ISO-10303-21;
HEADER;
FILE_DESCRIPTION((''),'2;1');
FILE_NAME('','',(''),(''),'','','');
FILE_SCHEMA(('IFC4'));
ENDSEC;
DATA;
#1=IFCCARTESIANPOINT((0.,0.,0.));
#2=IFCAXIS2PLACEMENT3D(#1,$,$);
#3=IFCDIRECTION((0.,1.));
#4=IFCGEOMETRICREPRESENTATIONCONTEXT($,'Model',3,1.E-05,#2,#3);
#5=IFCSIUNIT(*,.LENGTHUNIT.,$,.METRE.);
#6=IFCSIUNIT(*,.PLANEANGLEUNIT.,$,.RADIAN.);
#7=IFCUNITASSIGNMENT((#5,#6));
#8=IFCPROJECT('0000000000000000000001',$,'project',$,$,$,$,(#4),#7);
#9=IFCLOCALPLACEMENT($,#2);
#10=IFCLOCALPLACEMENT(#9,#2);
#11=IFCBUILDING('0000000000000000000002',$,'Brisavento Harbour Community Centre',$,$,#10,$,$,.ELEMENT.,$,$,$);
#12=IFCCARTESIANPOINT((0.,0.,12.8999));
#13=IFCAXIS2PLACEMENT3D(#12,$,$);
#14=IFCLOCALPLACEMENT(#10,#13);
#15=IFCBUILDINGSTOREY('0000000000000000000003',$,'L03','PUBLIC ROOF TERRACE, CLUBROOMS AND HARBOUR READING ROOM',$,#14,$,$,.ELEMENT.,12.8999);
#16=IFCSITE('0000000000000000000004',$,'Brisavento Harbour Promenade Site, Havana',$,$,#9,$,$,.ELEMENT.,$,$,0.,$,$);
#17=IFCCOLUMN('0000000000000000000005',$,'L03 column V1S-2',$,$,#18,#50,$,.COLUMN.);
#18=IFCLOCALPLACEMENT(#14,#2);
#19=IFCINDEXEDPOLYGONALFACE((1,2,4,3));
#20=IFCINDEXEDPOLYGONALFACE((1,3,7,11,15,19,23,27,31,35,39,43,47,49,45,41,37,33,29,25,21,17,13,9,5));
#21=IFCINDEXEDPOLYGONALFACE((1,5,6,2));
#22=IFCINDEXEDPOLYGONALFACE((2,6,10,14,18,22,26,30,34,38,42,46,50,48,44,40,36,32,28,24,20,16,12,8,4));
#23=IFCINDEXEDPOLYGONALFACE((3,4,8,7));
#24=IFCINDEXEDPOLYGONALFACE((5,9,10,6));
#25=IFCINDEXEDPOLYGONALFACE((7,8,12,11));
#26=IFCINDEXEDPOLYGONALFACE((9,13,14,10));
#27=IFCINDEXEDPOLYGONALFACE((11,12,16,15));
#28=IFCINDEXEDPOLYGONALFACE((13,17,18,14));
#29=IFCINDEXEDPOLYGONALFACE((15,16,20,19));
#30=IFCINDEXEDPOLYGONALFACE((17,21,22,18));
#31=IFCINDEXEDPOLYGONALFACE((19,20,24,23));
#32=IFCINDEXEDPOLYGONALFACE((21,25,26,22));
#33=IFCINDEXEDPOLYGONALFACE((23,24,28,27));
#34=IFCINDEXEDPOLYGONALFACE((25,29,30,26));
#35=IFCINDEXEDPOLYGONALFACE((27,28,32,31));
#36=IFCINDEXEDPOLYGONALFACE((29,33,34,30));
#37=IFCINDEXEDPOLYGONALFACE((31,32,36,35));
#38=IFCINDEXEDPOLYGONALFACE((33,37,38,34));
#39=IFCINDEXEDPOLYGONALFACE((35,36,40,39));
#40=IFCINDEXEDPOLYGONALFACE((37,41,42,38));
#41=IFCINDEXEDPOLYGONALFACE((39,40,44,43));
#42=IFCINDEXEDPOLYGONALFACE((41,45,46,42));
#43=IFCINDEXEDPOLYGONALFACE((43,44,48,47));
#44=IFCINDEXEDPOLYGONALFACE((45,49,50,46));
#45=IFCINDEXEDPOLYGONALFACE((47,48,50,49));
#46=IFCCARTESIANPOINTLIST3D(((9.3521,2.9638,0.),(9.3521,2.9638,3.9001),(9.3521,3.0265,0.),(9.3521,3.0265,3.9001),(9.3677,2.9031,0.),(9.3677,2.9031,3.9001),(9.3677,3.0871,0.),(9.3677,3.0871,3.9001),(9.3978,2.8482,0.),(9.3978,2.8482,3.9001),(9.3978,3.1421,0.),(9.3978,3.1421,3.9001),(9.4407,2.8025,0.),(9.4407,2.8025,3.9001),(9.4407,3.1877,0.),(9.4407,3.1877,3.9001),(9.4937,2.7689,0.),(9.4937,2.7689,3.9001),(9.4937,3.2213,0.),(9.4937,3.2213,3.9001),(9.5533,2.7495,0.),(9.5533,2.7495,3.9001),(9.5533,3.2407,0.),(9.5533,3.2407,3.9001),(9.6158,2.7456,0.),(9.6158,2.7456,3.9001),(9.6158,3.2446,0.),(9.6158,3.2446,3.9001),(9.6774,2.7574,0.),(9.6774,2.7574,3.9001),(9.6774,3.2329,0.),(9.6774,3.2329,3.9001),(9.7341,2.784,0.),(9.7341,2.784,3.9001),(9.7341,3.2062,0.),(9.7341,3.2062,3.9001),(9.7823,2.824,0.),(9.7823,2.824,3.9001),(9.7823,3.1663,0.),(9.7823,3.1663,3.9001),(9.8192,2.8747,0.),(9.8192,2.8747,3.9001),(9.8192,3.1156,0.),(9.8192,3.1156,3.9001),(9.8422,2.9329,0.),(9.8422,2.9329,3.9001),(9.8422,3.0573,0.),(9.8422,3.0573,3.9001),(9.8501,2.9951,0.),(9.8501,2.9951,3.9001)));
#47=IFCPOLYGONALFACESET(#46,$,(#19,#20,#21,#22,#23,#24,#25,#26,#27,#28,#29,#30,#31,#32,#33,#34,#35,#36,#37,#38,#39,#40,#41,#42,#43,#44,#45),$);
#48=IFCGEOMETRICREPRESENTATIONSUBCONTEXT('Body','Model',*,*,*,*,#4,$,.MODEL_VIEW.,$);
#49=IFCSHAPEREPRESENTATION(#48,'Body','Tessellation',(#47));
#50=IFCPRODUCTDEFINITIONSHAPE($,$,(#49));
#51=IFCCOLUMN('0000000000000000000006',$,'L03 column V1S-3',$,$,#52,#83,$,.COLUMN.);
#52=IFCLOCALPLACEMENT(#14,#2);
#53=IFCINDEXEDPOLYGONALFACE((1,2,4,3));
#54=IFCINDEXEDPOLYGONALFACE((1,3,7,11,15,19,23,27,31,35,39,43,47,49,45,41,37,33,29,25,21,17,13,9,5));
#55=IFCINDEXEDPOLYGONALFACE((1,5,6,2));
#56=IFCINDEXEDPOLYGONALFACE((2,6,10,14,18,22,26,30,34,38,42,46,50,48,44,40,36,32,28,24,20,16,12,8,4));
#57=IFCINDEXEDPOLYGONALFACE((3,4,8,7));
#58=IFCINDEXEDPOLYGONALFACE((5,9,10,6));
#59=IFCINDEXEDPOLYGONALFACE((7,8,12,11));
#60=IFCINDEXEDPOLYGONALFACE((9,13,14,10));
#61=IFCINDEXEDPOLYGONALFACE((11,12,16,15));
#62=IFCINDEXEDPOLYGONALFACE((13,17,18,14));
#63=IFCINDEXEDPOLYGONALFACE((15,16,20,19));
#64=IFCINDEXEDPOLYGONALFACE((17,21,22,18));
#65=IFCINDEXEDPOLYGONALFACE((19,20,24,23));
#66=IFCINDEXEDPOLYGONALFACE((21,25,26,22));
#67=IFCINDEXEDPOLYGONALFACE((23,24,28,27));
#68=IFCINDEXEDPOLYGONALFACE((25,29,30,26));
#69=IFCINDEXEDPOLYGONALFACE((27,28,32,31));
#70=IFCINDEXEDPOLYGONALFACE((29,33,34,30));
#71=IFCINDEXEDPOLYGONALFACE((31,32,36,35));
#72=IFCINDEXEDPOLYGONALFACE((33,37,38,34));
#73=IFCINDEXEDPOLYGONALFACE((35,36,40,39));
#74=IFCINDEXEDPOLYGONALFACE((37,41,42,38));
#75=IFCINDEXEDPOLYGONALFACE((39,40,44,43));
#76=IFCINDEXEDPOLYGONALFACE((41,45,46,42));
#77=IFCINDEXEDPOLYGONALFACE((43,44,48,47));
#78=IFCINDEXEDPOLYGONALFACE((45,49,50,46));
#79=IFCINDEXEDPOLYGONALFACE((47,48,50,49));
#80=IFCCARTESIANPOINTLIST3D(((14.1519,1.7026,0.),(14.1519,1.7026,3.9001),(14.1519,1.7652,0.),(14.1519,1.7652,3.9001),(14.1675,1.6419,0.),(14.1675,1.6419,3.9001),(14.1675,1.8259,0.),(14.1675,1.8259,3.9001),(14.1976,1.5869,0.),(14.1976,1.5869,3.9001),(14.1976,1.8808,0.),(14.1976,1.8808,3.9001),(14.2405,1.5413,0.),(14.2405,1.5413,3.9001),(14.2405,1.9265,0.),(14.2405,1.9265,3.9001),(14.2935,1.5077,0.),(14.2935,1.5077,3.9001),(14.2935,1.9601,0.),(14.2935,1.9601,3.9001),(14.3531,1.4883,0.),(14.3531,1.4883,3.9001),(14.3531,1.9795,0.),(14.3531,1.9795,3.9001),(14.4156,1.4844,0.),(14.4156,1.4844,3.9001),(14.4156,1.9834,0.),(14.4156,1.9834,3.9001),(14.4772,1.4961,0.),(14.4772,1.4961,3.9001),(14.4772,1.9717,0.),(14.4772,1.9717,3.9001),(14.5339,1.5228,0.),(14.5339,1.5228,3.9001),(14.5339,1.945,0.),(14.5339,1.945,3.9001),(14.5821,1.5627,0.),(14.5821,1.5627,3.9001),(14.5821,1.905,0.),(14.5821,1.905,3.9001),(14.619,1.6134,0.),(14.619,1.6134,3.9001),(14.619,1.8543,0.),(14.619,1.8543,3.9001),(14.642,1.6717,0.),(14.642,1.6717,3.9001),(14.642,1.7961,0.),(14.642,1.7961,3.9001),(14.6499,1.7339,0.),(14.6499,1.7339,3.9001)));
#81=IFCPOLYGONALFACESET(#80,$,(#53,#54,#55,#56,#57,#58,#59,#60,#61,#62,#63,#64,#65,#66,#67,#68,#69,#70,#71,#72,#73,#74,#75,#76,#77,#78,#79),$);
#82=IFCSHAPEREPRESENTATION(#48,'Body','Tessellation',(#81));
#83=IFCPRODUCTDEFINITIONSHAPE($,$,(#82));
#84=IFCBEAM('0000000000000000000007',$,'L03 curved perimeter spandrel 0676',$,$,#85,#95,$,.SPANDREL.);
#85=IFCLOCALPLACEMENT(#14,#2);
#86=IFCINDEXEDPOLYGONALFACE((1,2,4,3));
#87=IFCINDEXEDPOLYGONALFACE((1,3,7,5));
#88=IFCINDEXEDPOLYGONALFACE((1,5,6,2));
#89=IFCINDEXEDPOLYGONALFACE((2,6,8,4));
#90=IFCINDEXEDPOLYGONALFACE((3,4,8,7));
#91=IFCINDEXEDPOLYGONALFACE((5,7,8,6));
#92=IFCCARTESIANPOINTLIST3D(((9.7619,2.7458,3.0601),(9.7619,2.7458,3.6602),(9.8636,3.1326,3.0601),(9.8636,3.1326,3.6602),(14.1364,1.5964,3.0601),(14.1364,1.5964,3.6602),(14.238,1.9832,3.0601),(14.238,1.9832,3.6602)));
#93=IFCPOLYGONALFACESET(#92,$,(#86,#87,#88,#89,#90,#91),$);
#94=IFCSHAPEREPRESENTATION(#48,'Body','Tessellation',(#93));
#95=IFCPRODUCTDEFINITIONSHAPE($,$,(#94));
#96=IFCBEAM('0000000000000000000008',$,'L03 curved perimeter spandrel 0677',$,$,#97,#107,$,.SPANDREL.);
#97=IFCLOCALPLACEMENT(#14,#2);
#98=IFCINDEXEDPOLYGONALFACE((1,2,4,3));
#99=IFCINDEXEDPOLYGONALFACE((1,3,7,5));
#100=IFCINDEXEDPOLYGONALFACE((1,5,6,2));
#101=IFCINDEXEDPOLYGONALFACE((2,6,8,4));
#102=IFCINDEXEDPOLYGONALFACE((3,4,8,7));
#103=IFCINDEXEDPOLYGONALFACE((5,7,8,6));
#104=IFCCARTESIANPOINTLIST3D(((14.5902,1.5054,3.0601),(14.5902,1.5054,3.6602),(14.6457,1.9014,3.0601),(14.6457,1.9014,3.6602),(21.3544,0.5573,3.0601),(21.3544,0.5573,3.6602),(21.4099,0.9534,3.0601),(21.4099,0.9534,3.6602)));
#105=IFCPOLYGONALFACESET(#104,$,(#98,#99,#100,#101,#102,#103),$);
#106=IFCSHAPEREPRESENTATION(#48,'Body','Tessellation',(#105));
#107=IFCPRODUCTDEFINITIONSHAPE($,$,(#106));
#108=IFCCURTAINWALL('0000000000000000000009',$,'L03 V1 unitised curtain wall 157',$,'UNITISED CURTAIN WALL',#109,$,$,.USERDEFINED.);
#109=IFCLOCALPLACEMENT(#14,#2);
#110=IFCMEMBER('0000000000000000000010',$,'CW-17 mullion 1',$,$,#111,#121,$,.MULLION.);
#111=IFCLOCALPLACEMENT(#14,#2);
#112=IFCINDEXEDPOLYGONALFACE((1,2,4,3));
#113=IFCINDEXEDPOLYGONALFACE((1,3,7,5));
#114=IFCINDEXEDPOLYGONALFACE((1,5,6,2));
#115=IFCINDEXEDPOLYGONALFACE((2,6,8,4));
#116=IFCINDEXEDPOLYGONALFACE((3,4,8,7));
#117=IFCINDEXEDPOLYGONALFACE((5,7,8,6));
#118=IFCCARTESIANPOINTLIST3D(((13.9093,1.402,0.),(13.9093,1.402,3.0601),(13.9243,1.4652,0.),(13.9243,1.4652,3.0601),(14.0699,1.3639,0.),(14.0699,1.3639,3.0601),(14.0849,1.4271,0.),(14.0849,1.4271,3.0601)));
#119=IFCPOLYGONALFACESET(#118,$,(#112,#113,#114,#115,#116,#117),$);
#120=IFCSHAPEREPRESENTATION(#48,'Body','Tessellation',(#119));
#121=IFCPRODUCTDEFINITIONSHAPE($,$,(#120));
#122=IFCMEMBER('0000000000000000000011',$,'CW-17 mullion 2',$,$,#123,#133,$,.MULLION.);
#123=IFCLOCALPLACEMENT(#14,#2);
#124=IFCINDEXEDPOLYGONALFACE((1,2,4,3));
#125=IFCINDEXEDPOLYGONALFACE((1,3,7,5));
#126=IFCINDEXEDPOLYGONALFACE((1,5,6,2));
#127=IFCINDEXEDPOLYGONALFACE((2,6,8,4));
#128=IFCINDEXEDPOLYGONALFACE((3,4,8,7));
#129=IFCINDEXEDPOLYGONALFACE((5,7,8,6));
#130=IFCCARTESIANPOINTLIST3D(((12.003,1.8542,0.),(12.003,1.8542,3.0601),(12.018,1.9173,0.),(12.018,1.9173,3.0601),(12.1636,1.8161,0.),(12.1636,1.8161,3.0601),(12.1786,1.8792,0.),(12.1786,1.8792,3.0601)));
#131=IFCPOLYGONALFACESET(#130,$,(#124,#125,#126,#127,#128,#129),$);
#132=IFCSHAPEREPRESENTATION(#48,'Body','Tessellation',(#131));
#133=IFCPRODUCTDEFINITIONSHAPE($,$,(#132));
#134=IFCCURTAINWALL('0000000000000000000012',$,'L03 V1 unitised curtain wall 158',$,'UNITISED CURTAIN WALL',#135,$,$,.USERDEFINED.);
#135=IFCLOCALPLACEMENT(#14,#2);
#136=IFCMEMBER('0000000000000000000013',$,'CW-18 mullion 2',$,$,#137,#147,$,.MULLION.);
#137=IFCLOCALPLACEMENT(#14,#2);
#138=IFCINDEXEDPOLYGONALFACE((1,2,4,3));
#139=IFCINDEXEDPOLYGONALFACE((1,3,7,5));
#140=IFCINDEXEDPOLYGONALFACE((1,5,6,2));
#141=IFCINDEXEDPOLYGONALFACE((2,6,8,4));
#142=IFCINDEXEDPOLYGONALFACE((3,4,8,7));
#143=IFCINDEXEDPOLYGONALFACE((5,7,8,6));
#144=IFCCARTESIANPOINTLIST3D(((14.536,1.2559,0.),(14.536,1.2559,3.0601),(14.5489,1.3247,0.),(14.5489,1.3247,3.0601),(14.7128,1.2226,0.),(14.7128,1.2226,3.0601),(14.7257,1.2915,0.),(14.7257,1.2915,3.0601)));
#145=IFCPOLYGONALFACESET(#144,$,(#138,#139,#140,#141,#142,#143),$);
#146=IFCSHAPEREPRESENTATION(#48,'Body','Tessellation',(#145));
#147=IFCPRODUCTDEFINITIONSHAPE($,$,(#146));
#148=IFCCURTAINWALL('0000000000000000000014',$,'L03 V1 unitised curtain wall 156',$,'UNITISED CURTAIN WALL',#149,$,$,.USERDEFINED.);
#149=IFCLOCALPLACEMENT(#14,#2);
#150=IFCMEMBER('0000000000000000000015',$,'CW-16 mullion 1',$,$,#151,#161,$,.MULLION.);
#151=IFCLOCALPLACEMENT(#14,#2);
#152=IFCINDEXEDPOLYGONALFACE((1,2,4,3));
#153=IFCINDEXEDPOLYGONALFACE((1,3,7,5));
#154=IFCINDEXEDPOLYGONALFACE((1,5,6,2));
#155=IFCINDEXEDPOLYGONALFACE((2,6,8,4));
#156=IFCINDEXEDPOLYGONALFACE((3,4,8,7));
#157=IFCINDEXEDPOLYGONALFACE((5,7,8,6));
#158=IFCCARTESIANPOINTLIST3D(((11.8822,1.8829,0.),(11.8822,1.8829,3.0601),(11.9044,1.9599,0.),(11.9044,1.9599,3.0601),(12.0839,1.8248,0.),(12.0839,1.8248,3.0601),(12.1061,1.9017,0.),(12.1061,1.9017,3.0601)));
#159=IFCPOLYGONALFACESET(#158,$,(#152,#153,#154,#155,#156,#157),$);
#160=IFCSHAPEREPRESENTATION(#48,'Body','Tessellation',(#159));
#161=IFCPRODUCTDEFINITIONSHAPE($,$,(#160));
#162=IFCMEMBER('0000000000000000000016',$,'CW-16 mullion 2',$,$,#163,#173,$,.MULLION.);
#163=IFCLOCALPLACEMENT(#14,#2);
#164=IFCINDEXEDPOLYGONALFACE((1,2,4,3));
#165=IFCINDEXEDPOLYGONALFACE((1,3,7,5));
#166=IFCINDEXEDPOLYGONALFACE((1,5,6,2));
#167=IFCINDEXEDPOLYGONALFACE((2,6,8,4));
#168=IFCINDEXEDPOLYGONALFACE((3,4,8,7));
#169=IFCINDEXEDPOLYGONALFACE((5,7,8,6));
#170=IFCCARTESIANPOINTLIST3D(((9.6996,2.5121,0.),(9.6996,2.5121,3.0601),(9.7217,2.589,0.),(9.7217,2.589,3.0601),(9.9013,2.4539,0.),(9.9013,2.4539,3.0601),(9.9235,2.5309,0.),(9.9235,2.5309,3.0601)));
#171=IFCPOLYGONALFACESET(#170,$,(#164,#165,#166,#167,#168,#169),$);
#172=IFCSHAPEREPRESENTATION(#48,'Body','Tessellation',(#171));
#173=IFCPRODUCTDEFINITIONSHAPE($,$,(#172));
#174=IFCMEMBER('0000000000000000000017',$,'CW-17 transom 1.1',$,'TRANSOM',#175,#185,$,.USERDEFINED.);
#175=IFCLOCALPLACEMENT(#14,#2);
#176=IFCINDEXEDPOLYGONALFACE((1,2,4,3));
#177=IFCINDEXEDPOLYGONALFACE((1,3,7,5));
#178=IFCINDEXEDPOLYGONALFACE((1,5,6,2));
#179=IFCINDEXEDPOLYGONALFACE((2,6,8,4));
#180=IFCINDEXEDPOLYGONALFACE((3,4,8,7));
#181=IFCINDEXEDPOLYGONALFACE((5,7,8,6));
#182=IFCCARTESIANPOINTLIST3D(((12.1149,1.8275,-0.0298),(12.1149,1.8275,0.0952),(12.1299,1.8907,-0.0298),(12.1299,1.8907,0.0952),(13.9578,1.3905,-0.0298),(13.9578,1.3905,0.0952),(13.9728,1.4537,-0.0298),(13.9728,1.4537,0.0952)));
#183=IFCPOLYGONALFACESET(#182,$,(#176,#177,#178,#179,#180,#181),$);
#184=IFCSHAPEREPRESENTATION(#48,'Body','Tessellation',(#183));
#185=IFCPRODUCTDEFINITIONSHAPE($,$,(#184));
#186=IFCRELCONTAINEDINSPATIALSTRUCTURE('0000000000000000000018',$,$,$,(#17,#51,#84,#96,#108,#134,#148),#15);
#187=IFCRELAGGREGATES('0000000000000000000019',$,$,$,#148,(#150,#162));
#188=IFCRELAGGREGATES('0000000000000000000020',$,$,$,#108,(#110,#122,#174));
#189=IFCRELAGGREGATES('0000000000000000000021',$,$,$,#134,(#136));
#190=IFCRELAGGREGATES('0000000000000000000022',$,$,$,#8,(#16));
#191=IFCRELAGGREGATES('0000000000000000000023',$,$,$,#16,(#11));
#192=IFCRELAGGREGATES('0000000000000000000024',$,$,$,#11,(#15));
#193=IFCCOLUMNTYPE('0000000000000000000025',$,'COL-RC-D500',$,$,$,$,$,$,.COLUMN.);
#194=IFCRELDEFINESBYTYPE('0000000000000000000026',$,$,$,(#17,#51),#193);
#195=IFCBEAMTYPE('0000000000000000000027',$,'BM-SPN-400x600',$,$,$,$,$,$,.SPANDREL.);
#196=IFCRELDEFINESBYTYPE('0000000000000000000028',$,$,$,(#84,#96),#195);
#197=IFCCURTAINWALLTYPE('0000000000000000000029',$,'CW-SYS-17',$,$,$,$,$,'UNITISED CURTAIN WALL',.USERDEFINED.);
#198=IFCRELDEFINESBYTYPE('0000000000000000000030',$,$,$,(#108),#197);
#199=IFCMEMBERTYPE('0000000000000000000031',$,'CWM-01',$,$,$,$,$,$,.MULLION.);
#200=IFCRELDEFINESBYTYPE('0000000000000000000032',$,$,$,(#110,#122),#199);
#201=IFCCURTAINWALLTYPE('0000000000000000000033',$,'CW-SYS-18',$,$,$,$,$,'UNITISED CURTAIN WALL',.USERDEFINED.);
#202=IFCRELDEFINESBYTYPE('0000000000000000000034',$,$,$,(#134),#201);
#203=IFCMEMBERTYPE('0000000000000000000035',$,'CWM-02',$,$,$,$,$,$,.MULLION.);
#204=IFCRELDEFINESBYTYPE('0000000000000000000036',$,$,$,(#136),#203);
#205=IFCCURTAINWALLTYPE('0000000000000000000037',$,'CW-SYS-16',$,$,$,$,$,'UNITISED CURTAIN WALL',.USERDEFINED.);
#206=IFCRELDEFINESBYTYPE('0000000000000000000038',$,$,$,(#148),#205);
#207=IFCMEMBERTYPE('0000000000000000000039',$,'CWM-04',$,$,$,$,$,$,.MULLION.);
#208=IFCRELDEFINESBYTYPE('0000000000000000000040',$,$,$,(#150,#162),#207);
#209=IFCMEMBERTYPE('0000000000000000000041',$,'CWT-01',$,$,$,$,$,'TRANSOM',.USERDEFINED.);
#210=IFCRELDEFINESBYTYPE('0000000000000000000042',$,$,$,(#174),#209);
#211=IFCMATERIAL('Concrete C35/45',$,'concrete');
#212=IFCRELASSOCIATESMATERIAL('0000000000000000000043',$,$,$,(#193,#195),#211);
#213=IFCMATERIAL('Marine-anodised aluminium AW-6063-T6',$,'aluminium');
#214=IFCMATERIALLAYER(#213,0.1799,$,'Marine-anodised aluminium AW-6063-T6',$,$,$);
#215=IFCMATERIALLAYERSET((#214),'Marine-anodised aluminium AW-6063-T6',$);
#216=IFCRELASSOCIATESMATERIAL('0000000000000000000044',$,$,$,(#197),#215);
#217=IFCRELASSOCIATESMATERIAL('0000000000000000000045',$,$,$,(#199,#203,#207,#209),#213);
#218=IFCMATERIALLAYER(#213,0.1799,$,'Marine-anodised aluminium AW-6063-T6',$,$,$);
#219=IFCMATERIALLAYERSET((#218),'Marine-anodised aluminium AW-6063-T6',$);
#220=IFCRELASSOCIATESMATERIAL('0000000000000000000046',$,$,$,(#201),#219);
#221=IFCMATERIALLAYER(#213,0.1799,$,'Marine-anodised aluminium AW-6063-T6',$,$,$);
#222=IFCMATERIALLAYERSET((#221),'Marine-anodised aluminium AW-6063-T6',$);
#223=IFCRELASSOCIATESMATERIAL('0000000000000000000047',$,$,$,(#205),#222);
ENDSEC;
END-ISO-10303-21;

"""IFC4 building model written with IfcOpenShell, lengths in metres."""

from ifc_helpers import new_model, si_unit, direction, frame, origin, origin_2d, place, context, subcontext, project, spatial, rectangle, circle, extrude, material, layer, layer_set, material_profile, profile_set, type_object, element, aggregate, save


model = new_model("IFC4")

# Units and contexts
model_context = context("Model", 3, precision=1e-05, world=origin(), true_north=direction((0.0, 1.0)))
body_context = subcontext(model_context, "Body", "Model", "MODEL_VIEW")
ifc_project = project(units=[si_unit("LENGTHUNIT", "METRE"), si_unit("PLANEANGLEUNIT", "RADIAN")], contexts=[model_context])

# Site, building, storey
site_placement = place(None, origin())
site = spatial("IfcSite", under=ifc_project, at=site_placement, Name="Brisavento Harbour Promenade Site, Havana", CompositionType="ELEMENT", RefElevation=0.0)
building_placement = place(site_placement, origin())
building = spatial("IfcBuilding", under=site, at=building_placement, Name="Brisavento Harbour Community Centre", CompositionType="ELEMENT")
storey_placement = place(building_placement, frame((0.0, 0.0, 12.8999)))
storey = spatial("IfcBuildingStorey", under=building, at=storey_placement, Name="L03", Description="PUBLIC ROOF TERRACE, CLUBROOMS AND HARBOUR READING ROOM", CompositionType="ELEMENT", Elevation=12.8999)

# Columns
ifc_material_1 = material(Name="Concrete C35/45", Category="concrete")
ifc_material_profile_1 = material_profile(ifc_material_1, circle(Radius=0.25, at=origin_2d()), Name="Concrete C35/45")
ifc_profile_set_1 = profile_set([ifc_material_profile_1], Name="Concrete C35/45")
column_type = type_object("IfcColumnType", Name="COL-RC-D500", PredefinedType="COLUMN", material=ifc_profile_set_1)
for number, where, z_axis, x_axis, name in (
    (1, (9.6001, 2.9951, 0.0), (0.0, 0.0, 1.0), (1.0, 0.0, 0.0), "L03 column V1S-2"),
    (2, (14.3999, 1.7339, 0.0), (0.0, 0.0, 1.0), (1.0, 0.0, 0.0), "L03 column V1S-3"),
):
    element("IfcColumn", number, at=place(storey_placement, frame(where, z_axis=z_axis, x_axis=x_axis)), inside=storey, type_object=column_type, Name=name, PredefinedType="COLUMN", context=body_context, shape_type="SweptSolid", body=[
        extrude(circle(Radius=0.25, at=origin_2d()), origin(), (0.0, 0.0, 1.0), 3.9001),
    ])

# Beams
ifc_material_profile_2 = material_profile(ifc_material_1, rectangle(XDim=0.3999, YDim=0.6001, at=origin_2d()), Name="Concrete C35/45")
ifc_profile_set_2 = profile_set([ifc_material_profile_2], Name="Concrete C35/45")
beam_type = type_object("IfcBeamType", Name="BM-SPN-400x600", PredefinedType="SPANDREL", material=ifc_profile_set_2)
beam_1_placement = place(storey_placement, frame((9.8127, 2.9392, 3.3601), z_axis=(0.967171, -0.254127, 0.0), x_axis=(0.254127, 0.967171, 0.0)))
element("IfcBeam", 3, at=beam_1_placement, inside=storey, type_object=beam_type, Name="L03 curved perimeter spandrel 0676", PredefinedType="SPANDREL", context=body_context, shape_type="SweptSolid", body=[
    extrude(rectangle(XDim=0.3999, YDim=0.6001, at=origin_2d()), origin(), (0.0, 0.0, 1.0), 4.5229),
])
beam_2_placement = place(storey_placement, frame((14.6179, 1.7034, 3.3601), z_axis=(0.990321, -0.138794, 0.0), x_axis=(0.138794, 0.990321, 0.0)))
element("IfcBeam", 4, at=beam_2_placement, inside=storey, type_object=beam_type, Name="L03 curved perimeter spandrel 0677", PredefinedType="SPANDREL", context=body_context, shape_type="SweptSolid", body=[
    extrude(rectangle(XDim=0.3999, YDim=0.6001, at=origin_2d()), origin(), (0.0, 0.0, 1.0), 6.8303),
])

# Curtain wall, members
ifc_material_2 = material(Name="Marine-anodised aluminium AW-6063-T6", Category="aluminium")
ifc_layer_1 = layer(ifc_material_2, 0.1799, Name="Marine-anodised aluminium AW-6063-T6")
ifc_layer_set_1 = layer_set([ifc_layer_1], Name="Marine-anodised aluminium AW-6063-T6")
curtain_wall_type_1 = type_object("IfcCurtainWallType", Name="CW-SYS-17", ElementType="UNITISED CURTAIN WALL", PredefinedType="USERDEFINED", material=ifc_layer_set_1)
curtain_wall_1_placement = place(storey_placement, origin())
curtain_wall_1 = element("IfcCurtainWall", 5, at=curtain_wall_1_placement, inside=storey, type_object=curtain_wall_type_1, Name="L03 V1 unitised curtain wall 157", ObjectType="UNITISED CURTAIN WALL", PredefinedType="USERDEFINED")
ifc_material_profile_3 = material_profile(ifc_material_2, rectangle(XDim=0.0649, YDim=0.165, at=origin_2d()), Name="Marine-anodised aluminium AW-6063-T6")
ifc_profile_set_3 = profile_set([ifc_material_profile_3], Name="Marine-anodised aluminium AW-6063-T6")
member_type_1 = type_object("IfcMemberType", Name="CWM-01", PredefinedType="MULLION", material=ifc_profile_set_3)
member_1_placement = place(storey_placement, frame((13.9971, 1.4146, 0.0), z_axis=(0.0, 0.0, 1.0), x_axis=(-0.230812, -0.972998, 0.0)))
member_1 = element("IfcMember", 6, at=member_1_placement, type_object=member_type_1, Name="CW-17 mullion 1", PredefinedType="MULLION", context=body_context, shape_type="SweptSolid", body=[
    extrude(rectangle(XDim=0.0649, YDim=0.165, at=origin_2d()), origin(), (0.0, 0.0, 1.0), 3.0601),
])
member_2_placement = place(storey_placement, frame((12.0908, 1.8667, 0.0), z_axis=(0.0, 0.0, 1.0), x_axis=(-0.230812, -0.972998, 0.0)))
member_2 = element("IfcMember", 7, at=member_2_placement, type_object=member_type_1, Name="CW-17 mullion 2", PredefinedType="MULLION", context=body_context, shape_type="SweptSolid", body=[
    extrude(rectangle(XDim=0.0649, YDim=0.165, at=origin_2d()), origin(), (0.0, 0.0, 1.0), 3.0601),
])

# Curtain wall, member
ifc_layer_2 = layer(ifc_material_2, 0.1799, Name="Marine-anodised aluminium AW-6063-T6")
ifc_layer_set_2 = layer_set([ifc_layer_2], Name="Marine-anodised aluminium AW-6063-T6")
curtain_wall_type_2 = type_object("IfcCurtainWallType", Name="CW-SYS-18", ElementType="UNITISED CURTAIN WALL", PredefinedType="USERDEFINED", material=ifc_layer_set_2)
curtain_wall_2_placement = place(storey_placement, origin())
curtain_wall_2 = element("IfcCurtainWall", 8, at=curtain_wall_2_placement, inside=storey, type_object=curtain_wall_type_2, Name="L03 V1 unitised curtain wall 158", ObjectType="UNITISED CURTAIN WALL", PredefinedType="USERDEFINED")
ifc_material_profile_4 = material_profile(ifc_material_2, rectangle(XDim=0.0701, YDim=0.1799, at=origin_2d()), Name="Marine-anodised aluminium AW-6063-T6")
ifc_profile_set_4 = profile_set([ifc_material_profile_4], Name="Marine-anodised aluminium AW-6063-T6")
member_type_2 = type_object("IfcMemberType", Name="CWM-02", PredefinedType="MULLION", material=ifc_profile_set_4)
member_3_placement = place(storey_placement, frame((14.6309, 1.2737, 0.0), z_axis=(0.0, 0.0, 1.0), x_axis=(-0.18469, -0.982797, 0.0)))
member_3 = element("IfcMember", 9, at=member_3_placement, type_object=member_type_2, Name="CW-18 mullion 2", PredefinedType="MULLION", context=body_context, shape_type="SweptSolid", body=[
    extrude(rectangle(XDim=0.0701, YDim=0.1799, at=origin_2d()), origin(), (0.0, 0.0, 1.0), 3.0601),
])

# Curtain wall, members
ifc_layer_3 = layer(ifc_material_2, 0.1799, Name="Marine-anodised aluminium AW-6063-T6")
ifc_layer_set_3 = layer_set([ifc_layer_3], Name="Marine-anodised aluminium AW-6063-T6")
curtain_wall_type_3 = type_object("IfcCurtainWallType", Name="CW-SYS-16", ElementType="UNITISED CURTAIN WALL", PredefinedType="USERDEFINED", material=ifc_layer_set_3)
curtain_wall_3_placement = place(storey_placement, origin())
curtain_wall_3 = element("IfcCurtainWall", 10, at=curtain_wall_3_placement, inside=storey, type_object=curtain_wall_type_3, Name="L03 V1 unitised curtain wall 156", ObjectType="UNITISED CURTAIN WALL", PredefinedType="USERDEFINED")
ifc_material_profile_5 = material_profile(ifc_material_2, rectangle(XDim=0.0801, YDim=0.21, at=origin_2d()), Name="Marine-anodised aluminium AW-6063-T6")
ifc_profile_set_5 = profile_set([ifc_material_profile_5], Name="Marine-anodised aluminium AW-6063-T6")
member_type_3 = type_object("IfcMemberType", Name="CWM-04", PredefinedType="MULLION", material=ifc_profile_set_5)
member_4_placement = place(storey_placement, frame((11.9941, 1.8923, 0.0), z_axis=(0.0, 0.0, 1.0), x_axis=(-0.277012, -0.960866, 0.0)))
member_4 = element("IfcMember", 11, at=member_4_placement, type_object=member_type_3, Name="CW-16 mullion 1", PredefinedType="MULLION", context=body_context, shape_type="SweptSolid", body=[
    extrude(rectangle(XDim=0.0801, YDim=0.21, at=origin_2d()), origin(), (0.0, 0.0, 1.0), 3.0601),
])
member_5_placement = place(storey_placement, frame((9.8115, 2.5215, 0.0), z_axis=(0.0, 0.0, 1.0), x_axis=(-0.277012, -0.960866, 0.0)))
member_5 = element("IfcMember", 12, at=member_5_placement, type_object=member_type_3, Name="CW-16 mullion 2", PredefinedType="MULLION", context=body_context, shape_type="SweptSolid", body=[
    extrude(rectangle(XDim=0.0801, YDim=0.21, at=origin_2d()), origin(), (0.0, 0.0, 1.0), 3.0601),
])

# Member
ifc_material_profile_6 = material_profile(ifc_material_2, rectangle(XDim=0.0649, YDim=0.125, at=origin_2d()), Name="Marine-anodised aluminium AW-6063-T6")
ifc_profile_set_6 = profile_set([ifc_material_profile_6], Name="Marine-anodised aluminium AW-6063-T6")
member_type_4 = type_object("IfcMemberType", Name="CWT-01", ElementType="TRANSOM", PredefinedType="USERDEFINED", material=ifc_profile_set_6)
member_6_placement = place(storey_placement, frame((13.9653, 1.4221, 0.0327), z_axis=(-0.97302, 0.23072, 0.0), x_axis=(-0.23072, -0.97302, 0.0)))
member_6 = element("IfcMember", 13, at=member_6_placement, type_object=member_type_4, Name="CW-17 transom 1.1", ObjectType="TRANSOM", PredefinedType="USERDEFINED", context=body_context, shape_type="SweptSolid", body=[
    extrude(rectangle(XDim=0.0649, YDim=0.125, at=origin_2d()), origin(), (0.0, 0.0, 1.0), 1.894),
])

aggregate(curtain_wall_3, [member_4, member_5])
aggregate(curtain_wall_1, [member_1, member_2, member_6])
aggregate(curtain_wall_2, [member_3])

save(model, "model.ifc")
